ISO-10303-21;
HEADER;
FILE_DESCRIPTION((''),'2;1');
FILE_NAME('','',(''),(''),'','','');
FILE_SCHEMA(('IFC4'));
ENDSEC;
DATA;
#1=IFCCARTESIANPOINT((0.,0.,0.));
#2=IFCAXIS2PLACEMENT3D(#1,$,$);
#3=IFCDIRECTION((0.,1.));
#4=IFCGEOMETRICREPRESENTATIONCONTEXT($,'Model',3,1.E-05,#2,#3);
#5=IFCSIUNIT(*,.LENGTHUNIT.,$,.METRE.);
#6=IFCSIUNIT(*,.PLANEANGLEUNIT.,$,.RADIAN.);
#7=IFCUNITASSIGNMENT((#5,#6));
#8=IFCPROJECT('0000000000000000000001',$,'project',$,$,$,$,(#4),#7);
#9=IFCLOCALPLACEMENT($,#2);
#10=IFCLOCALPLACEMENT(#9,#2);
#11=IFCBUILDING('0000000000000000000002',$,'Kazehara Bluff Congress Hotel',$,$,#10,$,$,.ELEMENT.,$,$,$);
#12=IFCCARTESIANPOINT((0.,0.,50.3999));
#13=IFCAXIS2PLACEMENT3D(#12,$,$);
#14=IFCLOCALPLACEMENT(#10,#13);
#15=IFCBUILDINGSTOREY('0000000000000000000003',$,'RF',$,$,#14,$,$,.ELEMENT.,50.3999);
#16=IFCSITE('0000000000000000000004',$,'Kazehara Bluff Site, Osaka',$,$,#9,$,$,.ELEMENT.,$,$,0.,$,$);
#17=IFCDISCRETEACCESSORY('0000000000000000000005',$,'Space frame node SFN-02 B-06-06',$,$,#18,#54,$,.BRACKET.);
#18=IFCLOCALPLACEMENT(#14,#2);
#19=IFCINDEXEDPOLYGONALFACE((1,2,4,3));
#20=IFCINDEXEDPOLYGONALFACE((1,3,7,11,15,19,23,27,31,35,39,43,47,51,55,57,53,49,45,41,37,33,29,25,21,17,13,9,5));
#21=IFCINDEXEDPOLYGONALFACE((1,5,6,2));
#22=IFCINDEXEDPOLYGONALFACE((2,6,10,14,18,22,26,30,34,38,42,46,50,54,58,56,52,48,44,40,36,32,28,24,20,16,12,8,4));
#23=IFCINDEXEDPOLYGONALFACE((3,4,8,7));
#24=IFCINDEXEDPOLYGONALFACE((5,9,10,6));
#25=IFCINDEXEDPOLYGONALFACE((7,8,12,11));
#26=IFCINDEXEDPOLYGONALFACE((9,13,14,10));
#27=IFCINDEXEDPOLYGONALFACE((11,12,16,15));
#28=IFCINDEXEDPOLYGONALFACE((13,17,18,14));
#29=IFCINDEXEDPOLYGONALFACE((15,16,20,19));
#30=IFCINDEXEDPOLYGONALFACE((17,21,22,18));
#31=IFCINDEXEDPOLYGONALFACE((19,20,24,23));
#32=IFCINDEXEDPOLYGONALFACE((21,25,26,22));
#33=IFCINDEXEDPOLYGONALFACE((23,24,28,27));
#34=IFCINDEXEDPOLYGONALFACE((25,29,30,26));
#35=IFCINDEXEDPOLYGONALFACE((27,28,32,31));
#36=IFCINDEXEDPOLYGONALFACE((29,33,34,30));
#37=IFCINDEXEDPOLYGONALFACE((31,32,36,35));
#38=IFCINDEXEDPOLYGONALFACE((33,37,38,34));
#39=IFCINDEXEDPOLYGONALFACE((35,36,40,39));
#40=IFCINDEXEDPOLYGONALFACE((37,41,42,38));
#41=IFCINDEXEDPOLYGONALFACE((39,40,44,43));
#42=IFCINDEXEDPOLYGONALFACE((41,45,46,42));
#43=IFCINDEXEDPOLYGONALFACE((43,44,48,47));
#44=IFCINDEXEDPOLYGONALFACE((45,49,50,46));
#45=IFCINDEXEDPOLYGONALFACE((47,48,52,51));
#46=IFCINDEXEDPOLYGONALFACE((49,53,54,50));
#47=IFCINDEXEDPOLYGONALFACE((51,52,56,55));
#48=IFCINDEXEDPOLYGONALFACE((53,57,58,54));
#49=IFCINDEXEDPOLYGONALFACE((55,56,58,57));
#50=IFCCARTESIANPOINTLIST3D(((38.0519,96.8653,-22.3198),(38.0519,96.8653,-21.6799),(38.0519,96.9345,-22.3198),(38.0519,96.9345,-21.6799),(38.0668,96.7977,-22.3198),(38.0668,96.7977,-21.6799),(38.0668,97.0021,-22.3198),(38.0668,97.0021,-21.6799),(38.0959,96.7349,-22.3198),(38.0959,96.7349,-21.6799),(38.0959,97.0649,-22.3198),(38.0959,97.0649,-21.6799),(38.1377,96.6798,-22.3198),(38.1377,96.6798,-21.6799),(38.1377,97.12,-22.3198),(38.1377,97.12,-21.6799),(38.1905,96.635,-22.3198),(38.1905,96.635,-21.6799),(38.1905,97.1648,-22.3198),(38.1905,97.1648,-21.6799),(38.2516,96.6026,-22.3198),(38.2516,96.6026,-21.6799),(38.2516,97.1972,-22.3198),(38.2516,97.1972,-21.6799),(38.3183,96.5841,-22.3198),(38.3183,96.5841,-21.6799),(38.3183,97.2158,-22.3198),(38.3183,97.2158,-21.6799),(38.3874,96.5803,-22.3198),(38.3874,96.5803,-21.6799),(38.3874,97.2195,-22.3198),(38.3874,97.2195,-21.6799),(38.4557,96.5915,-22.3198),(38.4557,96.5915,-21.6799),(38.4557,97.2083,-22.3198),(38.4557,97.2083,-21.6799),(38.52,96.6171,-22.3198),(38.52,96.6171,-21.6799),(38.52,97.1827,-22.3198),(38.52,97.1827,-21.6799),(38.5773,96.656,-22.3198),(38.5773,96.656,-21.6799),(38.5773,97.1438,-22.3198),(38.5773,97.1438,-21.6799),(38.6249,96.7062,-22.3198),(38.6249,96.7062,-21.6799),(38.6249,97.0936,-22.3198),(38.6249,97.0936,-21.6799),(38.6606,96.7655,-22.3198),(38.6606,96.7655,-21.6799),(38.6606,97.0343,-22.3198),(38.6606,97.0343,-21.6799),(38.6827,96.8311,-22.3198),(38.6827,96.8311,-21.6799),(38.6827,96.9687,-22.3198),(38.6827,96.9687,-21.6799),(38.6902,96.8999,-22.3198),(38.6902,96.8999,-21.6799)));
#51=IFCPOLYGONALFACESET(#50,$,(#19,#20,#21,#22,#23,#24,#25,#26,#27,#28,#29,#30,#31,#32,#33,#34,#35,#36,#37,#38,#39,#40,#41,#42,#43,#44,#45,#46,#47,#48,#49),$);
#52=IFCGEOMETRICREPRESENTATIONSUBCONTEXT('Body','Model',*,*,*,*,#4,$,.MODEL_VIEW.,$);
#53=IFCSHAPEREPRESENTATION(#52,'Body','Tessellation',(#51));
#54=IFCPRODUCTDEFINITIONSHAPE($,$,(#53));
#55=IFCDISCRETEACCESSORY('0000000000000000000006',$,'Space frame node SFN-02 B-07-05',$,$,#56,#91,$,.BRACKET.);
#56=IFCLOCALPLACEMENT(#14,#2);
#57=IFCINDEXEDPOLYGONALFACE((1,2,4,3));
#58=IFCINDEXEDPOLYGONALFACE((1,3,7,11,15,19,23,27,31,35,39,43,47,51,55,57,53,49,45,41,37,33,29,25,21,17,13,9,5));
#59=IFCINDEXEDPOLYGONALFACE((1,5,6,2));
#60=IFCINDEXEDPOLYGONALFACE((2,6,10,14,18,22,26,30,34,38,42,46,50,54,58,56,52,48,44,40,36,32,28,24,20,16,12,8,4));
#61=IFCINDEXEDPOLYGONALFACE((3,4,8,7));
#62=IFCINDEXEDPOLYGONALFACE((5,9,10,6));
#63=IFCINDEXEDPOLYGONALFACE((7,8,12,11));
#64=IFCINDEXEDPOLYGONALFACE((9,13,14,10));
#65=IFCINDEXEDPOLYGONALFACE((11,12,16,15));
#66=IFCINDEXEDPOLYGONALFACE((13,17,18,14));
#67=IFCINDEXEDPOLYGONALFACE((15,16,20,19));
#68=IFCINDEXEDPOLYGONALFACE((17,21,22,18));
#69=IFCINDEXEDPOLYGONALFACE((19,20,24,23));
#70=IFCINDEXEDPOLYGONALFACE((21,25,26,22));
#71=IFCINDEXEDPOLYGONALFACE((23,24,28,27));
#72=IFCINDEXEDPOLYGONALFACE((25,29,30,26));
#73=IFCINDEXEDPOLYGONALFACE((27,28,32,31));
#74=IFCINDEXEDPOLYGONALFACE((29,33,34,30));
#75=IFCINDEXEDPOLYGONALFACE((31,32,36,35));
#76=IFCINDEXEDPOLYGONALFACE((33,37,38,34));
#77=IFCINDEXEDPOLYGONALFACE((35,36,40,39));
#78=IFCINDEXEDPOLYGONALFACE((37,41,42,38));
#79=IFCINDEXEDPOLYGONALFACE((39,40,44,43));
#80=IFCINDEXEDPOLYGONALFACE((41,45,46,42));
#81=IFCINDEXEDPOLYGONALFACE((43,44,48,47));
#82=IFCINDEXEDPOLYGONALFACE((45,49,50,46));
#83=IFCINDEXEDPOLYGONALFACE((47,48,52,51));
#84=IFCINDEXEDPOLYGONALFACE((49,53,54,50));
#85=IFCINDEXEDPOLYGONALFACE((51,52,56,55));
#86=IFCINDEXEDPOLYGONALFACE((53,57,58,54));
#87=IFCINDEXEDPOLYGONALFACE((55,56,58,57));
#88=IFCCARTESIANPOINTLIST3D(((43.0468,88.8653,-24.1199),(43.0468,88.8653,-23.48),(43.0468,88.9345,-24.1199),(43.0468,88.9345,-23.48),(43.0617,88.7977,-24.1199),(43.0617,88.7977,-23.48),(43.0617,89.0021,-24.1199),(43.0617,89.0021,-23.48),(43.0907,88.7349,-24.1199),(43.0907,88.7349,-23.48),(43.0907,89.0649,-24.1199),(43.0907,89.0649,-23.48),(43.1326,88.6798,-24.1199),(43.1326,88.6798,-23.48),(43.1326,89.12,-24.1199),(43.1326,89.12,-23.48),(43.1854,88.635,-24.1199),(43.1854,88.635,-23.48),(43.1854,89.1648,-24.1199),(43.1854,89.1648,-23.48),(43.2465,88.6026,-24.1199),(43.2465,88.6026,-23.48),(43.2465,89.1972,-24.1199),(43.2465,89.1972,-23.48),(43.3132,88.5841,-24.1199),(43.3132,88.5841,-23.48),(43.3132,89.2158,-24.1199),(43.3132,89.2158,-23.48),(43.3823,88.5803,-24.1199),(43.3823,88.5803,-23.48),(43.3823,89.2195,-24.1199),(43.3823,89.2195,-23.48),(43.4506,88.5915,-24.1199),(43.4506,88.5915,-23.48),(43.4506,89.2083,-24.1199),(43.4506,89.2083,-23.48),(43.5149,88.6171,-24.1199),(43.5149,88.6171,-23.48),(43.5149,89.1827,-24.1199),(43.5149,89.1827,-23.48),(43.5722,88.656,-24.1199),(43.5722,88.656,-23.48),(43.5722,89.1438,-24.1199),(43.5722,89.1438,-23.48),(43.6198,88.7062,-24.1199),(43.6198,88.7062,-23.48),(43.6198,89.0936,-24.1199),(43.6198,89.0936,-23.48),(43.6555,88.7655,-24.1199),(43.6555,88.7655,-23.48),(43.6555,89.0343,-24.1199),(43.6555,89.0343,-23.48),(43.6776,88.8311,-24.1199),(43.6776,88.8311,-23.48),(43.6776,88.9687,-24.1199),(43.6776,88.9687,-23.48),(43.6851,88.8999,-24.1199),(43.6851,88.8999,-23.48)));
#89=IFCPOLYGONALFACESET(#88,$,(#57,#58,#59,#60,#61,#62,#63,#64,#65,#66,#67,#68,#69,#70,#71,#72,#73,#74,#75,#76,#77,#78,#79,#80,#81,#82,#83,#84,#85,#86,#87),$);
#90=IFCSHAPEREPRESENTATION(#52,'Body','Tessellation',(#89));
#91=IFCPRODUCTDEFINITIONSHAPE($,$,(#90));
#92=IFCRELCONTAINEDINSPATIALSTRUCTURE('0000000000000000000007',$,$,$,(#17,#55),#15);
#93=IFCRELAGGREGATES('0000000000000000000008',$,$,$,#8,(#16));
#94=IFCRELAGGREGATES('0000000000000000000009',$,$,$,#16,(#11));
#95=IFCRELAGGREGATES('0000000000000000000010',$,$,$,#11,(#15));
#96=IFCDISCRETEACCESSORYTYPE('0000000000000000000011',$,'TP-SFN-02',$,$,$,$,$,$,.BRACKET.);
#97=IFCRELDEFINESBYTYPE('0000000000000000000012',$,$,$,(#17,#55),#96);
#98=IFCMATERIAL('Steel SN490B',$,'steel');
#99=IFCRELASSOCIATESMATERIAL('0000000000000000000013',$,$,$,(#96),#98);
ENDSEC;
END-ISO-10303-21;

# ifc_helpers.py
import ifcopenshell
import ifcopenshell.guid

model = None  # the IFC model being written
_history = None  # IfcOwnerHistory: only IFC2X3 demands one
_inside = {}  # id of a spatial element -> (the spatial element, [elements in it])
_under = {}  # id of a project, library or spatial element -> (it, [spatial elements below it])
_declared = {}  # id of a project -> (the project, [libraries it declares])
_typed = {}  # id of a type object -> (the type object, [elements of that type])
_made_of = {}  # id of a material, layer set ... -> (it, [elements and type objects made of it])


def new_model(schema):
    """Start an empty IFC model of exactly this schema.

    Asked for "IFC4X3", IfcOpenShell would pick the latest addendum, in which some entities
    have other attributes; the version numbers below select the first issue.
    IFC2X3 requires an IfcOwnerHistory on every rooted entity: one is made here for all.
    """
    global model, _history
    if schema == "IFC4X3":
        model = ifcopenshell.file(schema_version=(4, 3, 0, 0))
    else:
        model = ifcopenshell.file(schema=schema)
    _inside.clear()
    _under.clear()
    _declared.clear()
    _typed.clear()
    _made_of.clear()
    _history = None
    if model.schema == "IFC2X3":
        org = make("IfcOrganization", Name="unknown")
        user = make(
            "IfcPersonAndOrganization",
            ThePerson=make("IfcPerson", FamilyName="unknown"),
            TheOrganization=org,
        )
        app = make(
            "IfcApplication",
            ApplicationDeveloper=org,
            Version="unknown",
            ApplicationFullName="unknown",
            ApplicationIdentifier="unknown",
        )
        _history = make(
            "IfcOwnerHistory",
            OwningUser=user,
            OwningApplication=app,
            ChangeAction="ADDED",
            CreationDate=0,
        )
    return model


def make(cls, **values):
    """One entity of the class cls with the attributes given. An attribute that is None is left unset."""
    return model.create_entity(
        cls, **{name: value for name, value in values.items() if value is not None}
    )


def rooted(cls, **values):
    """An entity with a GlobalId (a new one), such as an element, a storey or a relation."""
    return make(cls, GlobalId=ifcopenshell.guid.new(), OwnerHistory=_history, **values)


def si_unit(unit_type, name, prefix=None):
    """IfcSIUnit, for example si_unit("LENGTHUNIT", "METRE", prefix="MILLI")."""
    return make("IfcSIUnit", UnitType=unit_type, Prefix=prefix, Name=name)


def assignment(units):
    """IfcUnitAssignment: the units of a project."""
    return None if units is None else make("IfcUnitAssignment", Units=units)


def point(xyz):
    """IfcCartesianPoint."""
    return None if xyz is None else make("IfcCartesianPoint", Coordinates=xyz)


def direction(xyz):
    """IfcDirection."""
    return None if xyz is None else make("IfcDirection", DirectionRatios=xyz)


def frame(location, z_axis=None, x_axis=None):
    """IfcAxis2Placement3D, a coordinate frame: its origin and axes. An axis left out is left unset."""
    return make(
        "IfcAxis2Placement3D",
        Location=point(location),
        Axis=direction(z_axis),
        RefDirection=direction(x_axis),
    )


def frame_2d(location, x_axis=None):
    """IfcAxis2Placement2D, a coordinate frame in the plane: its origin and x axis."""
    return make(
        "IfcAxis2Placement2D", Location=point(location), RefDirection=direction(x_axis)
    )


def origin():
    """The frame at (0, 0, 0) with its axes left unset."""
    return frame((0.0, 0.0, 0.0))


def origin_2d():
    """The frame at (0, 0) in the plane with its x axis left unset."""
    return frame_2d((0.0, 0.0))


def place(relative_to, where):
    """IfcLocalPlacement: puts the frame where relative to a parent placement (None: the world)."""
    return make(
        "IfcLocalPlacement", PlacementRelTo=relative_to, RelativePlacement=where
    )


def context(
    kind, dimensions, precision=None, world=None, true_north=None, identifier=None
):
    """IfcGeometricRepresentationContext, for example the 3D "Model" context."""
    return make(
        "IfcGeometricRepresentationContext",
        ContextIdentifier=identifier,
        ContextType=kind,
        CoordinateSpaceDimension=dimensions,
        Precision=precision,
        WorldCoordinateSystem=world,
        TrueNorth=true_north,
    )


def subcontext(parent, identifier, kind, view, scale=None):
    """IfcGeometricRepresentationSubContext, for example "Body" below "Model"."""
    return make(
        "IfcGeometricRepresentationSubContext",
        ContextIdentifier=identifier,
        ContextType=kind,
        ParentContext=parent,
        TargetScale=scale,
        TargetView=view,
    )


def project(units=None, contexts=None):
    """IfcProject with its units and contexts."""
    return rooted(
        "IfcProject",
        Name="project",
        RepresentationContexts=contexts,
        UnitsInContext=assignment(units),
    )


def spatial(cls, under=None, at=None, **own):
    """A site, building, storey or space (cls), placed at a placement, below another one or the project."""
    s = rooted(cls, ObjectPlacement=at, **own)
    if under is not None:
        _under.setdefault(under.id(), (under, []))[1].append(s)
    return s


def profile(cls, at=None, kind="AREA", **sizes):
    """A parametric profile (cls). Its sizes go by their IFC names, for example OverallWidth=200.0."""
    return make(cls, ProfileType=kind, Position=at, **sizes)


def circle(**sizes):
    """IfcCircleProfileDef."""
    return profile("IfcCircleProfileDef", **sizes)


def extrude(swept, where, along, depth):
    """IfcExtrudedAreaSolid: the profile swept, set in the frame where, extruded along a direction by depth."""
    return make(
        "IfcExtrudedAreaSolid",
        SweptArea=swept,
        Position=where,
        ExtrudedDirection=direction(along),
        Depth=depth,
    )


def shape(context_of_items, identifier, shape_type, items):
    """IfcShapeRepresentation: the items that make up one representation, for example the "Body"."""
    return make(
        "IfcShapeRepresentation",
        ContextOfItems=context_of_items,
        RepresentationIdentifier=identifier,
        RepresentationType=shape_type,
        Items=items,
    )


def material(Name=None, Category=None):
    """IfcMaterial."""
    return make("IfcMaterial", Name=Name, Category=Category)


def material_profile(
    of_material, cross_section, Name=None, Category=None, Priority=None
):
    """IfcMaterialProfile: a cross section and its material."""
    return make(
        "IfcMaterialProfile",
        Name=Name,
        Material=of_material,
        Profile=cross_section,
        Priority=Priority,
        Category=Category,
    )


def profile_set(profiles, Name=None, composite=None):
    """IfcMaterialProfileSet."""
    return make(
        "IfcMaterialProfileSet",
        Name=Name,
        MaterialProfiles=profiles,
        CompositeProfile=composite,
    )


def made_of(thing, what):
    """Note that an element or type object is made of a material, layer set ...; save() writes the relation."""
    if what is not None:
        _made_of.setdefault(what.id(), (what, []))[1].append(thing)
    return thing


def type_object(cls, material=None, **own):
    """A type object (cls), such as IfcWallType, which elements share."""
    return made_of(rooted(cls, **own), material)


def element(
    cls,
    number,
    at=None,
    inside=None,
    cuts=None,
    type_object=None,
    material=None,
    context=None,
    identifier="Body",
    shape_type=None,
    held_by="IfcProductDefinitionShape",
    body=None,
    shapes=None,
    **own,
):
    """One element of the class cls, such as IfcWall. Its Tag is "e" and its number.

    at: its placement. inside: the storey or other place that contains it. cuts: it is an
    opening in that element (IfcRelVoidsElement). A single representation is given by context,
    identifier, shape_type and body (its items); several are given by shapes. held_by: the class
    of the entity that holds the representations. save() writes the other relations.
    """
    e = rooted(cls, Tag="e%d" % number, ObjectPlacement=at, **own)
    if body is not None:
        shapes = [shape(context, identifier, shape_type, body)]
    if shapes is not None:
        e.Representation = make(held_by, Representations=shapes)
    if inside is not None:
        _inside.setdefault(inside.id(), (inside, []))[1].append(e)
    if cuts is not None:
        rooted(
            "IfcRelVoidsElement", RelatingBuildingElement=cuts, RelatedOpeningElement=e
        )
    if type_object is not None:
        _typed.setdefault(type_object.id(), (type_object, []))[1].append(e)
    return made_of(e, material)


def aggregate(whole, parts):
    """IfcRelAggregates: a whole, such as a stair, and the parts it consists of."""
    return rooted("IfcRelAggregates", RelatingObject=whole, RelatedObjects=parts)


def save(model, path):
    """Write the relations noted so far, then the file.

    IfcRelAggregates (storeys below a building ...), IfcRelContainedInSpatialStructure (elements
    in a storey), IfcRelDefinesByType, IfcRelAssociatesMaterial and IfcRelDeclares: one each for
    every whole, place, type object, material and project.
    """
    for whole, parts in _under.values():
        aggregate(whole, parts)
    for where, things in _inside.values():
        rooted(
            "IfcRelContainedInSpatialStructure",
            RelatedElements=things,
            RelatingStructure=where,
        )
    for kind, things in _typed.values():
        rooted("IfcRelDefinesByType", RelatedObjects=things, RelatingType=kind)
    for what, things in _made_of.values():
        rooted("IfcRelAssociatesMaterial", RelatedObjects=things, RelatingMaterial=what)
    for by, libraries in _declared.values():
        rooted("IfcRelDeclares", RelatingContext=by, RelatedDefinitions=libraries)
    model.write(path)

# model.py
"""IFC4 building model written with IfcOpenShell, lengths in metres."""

from ifc_helpers import new_model, si_unit, direction, frame, origin, origin_2d, place, context, subcontext, project, spatial, circle, extrude, material, material_profile, profile_set, type_object, element, save


model = new_model("IFC4")

# Units and contexts
model_context = context("Model", 3, precision=1e-05, world=origin(), true_north=direction((0.0, 1.0)))
body_context = subcontext(model_context, "Body", "Model", "MODEL_VIEW")
ifc_project = project(units=[si_unit("LENGTHUNIT", "METRE"), si_unit("PLANEANGLEUNIT", "RADIAN")], contexts=[model_context])

# Site, building, storey
site_placement = place(None, origin())
site = spatial("IfcSite", under=ifc_project, at=site_placement, Name="Kazehara Bluff Site, Osaka", CompositionType="ELEMENT", RefElevation=0.0)
building_placement = place(site_placement, origin())
building = spatial("IfcBuilding", under=site, at=building_placement, Name="Kazehara Bluff Congress Hotel", CompositionType="ELEMENT")
storey_placement = place(building_placement, frame((0.0, 0.0, 50.3999)))
storey = spatial("IfcBuildingStorey", under=building, at=storey_placement, Name="RF", CompositionType="ELEMENT", Elevation=50.3999)

# Discrete accessories
ifc_material_1 = material(Name="Steel SN490B", Category="steel")
ifc_material_profile_1 = material_profile(ifc_material_1, circle(Radius=0.3201, at=origin_2d()))
ifc_profile_set_1 = profile_set([ifc_material_profile_1], Name="Steel SN490B")
discrete_accessory_type_1 = type_object("IfcDiscreteAccessoryType", Name="TP-SFN-02", PredefinedType="BRACKET", material=ifc_profile_set_1)
for number, where, z_axis, x_axis, name in (
    (1, (38.3701, 96.8999, -22.3198), (0.0, 0.0, 1.0), (1.0, 0.0, 0.0), "Space frame node SFN-02 B-06-06"),
    (2, (43.365, 88.8999, -24.1199), (0.0, 0.0, 1.0), (1.0, 0.0, 0.0), "Space frame node SFN-02 B-07-05"),
):
    element("IfcDiscreteAccessory", number, at=place(storey_placement, frame(where, z_axis=z_axis, x_axis=x_axis)), inside=storey, type_object=discrete_accessory_type_1, Name=name, PredefinedType="BRACKET", context=body_context, shape_type="SweptSolid", body=[
        extrude(circle(Radius=0.3201, at=origin_2d()), origin(), (0.0, 0.0, 1.0), 0.6399),
    ])

save(model, "model.ifc")
